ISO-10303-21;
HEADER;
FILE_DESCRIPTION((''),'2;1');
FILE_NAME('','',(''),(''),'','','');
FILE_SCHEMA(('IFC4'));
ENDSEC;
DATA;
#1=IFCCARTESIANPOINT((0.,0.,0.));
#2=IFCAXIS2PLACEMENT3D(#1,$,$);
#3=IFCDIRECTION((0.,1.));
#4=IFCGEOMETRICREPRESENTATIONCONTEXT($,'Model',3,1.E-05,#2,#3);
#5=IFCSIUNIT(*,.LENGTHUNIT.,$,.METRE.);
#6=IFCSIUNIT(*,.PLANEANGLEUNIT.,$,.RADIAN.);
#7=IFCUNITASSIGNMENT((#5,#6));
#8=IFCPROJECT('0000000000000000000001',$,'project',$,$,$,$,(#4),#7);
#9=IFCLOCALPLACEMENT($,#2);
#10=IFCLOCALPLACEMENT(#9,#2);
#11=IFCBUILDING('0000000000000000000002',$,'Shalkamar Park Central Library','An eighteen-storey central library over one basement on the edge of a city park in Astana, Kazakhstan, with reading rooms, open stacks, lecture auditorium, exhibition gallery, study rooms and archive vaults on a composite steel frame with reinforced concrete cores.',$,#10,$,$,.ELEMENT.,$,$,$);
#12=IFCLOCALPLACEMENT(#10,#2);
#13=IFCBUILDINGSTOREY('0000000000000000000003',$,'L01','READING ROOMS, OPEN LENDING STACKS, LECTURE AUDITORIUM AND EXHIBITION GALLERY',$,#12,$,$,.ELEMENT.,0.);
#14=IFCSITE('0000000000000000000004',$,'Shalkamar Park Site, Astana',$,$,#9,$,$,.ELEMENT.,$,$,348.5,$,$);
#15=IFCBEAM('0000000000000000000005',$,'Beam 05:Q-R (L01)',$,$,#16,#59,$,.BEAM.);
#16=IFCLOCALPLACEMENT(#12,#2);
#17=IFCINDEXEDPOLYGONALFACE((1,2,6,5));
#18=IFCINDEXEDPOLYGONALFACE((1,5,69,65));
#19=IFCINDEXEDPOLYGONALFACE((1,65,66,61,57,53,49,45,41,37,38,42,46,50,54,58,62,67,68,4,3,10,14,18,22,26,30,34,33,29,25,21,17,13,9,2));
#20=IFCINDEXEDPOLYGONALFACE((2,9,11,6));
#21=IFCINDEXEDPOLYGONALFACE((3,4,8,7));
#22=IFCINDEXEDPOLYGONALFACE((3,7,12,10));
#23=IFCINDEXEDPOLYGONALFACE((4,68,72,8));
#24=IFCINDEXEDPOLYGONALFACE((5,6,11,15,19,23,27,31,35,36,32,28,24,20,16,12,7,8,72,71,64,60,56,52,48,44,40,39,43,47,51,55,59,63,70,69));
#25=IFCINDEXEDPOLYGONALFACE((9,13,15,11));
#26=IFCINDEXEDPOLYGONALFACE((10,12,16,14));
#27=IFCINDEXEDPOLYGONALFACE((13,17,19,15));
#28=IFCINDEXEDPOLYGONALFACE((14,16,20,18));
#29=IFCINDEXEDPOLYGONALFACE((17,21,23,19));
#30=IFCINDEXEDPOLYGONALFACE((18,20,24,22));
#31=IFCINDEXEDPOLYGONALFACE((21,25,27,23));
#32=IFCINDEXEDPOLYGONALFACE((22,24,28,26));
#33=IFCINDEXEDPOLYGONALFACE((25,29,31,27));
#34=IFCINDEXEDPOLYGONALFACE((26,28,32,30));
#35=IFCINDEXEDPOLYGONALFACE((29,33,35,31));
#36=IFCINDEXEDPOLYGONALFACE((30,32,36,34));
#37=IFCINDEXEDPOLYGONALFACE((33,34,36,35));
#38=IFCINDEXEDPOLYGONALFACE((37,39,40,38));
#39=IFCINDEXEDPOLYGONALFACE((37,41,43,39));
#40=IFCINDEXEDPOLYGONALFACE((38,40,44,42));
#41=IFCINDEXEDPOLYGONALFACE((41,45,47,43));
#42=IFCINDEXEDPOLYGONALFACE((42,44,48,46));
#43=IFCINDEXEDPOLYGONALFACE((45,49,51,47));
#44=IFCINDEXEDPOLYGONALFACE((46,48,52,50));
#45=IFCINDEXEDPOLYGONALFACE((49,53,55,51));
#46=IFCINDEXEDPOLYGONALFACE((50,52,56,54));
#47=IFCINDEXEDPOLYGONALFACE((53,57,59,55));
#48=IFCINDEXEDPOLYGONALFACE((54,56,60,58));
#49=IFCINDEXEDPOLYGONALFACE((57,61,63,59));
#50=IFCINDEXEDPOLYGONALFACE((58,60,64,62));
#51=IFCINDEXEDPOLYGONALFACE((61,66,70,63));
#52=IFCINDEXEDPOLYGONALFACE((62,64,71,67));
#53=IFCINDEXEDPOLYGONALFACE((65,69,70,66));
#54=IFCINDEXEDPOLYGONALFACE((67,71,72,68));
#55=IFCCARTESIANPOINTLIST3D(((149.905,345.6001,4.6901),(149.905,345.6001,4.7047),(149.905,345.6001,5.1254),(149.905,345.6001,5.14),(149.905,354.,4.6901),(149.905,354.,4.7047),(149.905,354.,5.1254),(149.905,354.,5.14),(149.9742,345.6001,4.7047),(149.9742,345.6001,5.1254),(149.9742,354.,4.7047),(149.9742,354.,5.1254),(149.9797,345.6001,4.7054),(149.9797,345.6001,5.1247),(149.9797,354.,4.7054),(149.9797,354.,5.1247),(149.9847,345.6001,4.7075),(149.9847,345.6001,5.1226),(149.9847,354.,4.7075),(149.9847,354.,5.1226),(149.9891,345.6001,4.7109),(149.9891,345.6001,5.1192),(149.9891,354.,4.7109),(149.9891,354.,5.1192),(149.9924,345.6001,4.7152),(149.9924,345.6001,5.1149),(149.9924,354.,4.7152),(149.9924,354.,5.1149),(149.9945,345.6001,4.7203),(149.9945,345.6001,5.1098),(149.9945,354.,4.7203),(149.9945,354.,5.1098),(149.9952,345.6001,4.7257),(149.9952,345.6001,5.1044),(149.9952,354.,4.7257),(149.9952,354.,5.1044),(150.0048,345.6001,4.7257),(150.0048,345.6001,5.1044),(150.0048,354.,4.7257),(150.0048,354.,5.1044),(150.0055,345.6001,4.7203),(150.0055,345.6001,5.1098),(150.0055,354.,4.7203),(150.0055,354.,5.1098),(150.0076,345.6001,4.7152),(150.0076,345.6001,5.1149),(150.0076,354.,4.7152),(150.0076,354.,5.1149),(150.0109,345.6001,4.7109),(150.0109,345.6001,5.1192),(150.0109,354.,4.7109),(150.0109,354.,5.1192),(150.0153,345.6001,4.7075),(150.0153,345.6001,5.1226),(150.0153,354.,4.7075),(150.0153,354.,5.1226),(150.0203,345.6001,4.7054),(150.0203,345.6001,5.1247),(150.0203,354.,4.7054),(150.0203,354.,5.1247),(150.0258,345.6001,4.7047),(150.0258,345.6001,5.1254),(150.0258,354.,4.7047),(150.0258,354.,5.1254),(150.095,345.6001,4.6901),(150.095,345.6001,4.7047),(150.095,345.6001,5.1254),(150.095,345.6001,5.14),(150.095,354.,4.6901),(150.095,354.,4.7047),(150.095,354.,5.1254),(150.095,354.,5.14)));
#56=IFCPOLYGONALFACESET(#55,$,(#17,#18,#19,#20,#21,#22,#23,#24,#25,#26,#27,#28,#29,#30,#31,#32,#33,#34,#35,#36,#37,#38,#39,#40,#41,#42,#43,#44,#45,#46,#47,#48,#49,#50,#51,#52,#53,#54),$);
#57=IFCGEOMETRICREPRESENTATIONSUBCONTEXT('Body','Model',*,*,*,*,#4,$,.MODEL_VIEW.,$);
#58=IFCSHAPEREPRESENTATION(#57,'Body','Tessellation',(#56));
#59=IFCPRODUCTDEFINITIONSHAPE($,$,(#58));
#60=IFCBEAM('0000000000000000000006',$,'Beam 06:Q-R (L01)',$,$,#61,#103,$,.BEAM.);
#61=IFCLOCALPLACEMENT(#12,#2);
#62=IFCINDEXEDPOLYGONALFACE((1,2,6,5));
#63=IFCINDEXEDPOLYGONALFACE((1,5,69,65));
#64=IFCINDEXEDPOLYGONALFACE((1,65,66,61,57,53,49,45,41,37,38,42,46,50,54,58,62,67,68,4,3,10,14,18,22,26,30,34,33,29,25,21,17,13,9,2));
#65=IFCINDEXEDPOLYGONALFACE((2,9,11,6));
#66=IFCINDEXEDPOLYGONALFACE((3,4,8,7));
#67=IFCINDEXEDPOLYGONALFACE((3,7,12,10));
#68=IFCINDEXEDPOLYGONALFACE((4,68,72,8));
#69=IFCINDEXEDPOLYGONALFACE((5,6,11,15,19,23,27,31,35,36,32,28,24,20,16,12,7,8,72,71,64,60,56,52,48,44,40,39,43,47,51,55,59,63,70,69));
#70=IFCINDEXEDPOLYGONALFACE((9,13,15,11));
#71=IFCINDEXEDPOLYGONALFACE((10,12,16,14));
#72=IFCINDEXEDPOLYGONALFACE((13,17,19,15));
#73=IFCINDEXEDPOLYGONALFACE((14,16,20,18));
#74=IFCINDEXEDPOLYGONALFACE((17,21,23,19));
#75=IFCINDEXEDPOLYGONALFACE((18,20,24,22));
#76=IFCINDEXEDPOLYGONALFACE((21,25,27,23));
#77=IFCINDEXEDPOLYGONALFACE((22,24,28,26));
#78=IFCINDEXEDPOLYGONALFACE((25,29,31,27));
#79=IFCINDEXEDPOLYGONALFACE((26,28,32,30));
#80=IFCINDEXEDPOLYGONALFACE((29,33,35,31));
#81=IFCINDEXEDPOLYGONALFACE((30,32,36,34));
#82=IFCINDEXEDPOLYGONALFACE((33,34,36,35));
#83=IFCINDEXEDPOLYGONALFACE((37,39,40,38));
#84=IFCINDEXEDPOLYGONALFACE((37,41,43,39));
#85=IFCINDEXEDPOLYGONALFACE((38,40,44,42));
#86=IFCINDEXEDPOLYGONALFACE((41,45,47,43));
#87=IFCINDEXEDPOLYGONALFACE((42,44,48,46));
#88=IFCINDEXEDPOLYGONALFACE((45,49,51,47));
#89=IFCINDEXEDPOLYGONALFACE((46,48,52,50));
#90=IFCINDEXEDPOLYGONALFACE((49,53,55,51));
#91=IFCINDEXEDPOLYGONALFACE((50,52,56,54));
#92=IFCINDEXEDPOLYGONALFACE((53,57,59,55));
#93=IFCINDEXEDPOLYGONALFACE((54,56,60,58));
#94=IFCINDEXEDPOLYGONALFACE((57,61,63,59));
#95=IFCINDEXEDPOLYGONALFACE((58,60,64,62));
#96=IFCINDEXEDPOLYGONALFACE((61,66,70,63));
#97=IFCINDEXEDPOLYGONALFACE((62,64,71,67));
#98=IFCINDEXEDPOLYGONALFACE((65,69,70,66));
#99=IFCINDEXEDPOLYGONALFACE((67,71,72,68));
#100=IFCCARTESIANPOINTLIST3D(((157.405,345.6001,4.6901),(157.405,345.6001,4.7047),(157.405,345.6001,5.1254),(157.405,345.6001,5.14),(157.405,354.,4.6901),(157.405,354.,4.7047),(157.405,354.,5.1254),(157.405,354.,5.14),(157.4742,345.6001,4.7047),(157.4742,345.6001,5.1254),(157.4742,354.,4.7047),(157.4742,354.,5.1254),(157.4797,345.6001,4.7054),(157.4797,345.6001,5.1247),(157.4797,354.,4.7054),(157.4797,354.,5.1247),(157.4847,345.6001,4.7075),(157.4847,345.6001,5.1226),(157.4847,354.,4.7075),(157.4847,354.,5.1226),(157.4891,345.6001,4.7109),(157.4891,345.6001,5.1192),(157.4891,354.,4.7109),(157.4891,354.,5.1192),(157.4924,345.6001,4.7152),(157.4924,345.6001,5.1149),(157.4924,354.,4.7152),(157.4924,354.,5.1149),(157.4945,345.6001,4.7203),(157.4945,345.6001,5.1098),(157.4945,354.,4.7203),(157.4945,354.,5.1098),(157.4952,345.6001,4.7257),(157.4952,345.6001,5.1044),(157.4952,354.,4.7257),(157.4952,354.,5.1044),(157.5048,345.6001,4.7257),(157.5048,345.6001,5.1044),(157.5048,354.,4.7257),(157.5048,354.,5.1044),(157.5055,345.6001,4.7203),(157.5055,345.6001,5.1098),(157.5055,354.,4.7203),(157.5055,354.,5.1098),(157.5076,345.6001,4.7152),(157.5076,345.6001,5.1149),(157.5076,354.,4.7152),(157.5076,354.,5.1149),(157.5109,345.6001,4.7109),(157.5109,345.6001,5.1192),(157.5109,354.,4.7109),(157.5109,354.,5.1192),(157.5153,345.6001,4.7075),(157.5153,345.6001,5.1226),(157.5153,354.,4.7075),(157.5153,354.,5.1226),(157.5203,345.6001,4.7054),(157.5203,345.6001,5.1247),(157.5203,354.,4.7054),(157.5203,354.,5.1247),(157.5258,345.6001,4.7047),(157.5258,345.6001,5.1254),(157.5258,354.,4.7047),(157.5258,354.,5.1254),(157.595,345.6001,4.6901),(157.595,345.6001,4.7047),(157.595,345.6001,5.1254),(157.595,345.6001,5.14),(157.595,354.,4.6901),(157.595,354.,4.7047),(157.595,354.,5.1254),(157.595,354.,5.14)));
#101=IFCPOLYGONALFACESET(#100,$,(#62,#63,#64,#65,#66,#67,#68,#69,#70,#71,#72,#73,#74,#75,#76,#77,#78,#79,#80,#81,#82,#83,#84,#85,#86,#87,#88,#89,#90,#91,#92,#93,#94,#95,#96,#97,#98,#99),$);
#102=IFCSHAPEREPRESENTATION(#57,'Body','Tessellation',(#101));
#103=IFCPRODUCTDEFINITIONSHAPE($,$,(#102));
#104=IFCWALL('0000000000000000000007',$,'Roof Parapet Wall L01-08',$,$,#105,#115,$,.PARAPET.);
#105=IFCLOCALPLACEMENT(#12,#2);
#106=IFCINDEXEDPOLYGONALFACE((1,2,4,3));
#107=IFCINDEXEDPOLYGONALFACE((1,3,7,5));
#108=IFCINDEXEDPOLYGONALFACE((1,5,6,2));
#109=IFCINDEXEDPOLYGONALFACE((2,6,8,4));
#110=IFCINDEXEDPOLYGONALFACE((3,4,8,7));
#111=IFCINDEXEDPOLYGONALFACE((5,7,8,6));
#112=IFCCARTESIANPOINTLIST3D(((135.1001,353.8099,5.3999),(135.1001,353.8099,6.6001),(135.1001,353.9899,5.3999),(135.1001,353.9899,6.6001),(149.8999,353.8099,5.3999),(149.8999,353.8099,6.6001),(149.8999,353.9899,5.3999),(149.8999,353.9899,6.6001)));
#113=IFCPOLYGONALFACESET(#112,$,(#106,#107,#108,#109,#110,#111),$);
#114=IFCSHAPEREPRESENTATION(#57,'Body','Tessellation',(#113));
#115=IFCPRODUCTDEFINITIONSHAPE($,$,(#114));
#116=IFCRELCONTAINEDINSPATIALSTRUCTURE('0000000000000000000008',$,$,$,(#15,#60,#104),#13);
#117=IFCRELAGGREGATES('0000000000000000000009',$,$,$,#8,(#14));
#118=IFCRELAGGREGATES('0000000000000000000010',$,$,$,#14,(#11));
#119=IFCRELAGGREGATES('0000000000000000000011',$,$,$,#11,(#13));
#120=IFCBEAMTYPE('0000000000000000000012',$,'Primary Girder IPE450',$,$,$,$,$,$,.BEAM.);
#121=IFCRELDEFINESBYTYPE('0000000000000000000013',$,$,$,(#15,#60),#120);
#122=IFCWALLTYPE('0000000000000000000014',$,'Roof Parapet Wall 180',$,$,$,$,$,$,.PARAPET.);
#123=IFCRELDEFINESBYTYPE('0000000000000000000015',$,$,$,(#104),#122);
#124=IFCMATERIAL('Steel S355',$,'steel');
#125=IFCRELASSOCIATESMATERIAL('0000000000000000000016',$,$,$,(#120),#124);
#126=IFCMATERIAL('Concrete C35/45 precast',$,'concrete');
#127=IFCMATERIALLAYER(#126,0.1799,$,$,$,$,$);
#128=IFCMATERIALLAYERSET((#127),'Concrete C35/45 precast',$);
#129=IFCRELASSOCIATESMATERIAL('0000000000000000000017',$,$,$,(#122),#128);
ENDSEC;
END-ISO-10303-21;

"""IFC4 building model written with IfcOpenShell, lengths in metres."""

from ifc_helpers import new_model, si_unit, direction, frame, frame_2d, origin, origin_2d, place, context, subcontext, project, spatial, rectangle, i_section, extrude, material, layer, layer_set, material_profile, profile_set, type_object, element, save


model = new_model("IFC4")

# Units and contexts
model_context = context("Model", 3, precision=1e-05, world=origin(), true_north=direction((0.0, 1.0)))
body_context = subcontext(model_context, "Body", "Model", "MODEL_VIEW")
ifc_project = project(units=[si_unit("LENGTHUNIT", "METRE"), si_unit("PLANEANGLEUNIT", "RADIAN")], contexts=[model_context])

# Site, building, storey
site_placement = place(None, origin())
site = spatial("IfcSite", under=ifc_project, at=site_placement, Name="Shalkamar Park Site, Astana", CompositionType="ELEMENT", RefElevation=348.5)
building_placement = place(site_placement, origin())
building = spatial("IfcBuilding", under=site, at=building_placement, Name="Shalkamar Park Central Library", Description="An eighteen-storey central library over one basement on the edge of a city park in Astana, Kazakhstan, with reading rooms, open stacks, lecture auditorium, exhibition gallery, study rooms and archive vaults on a composite steel frame with reinforced concrete cores.", CompositionType="ELEMENT")
storey_placement = place(building_placement, origin())
storey = spatial("IfcBuildingStorey", under=building, at=storey_placement, Name="L01", Description="READING ROOMS, OPEN LENDING STACKS, LECTURE AUDITORIUM AND EXHIBITION GALLERY", CompositionType="ELEMENT", Elevation=0.0)

# Shared definitions
ifc_material_1 = material(Name="Steel S355", Category="steel")

# Beams
ifc_material_profile_1 = material_profile(ifc_material_1, i_section(OverallWidth=0.1899, OverallDepth=0.45, WebThickness=0.0095, FlangeThickness=0.0146, FilletRadius=0.021, at=origin_2d()), Name="IPE 450")
ifc_profile_set_1 = profile_set([ifc_material_profile_1], Name="Steel S355")
beam_type_1 = type_object("IfcBeamType", Name="Primary Girder IPE450", PredefinedType="BEAM", material=ifc_profile_set_1)
for number, where, z_axis, x_axis, name in (
    (1, (150.0, 345.6001, 4.915), (0.0, 1.0, 0.0), (-1.0, 0.0, 0.0), "Beam 05:Q-R (L01)"),
    (2, (157.5, 345.6001, 4.915), (0.0, 1.0, 0.0), (-1.0, 0.0, 0.0), "Beam 06:Q-R (L01)"),
):
    element("IfcBeam", number, at=place(storey_placement, frame(where, z_axis=z_axis, x_axis=x_axis)), inside=storey, type_object=beam_type_1, Name=name, PredefinedType="BEAM", context=body_context, shape_type="SweptSolid", body=[
        extrude(i_section(OverallWidth=0.1899, OverallDepth=0.45, WebThickness=0.0095, FlangeThickness=0.0146, FilletRadius=0.021, at=origin_2d()), origin(), (0.0, 0.0, 1.0), 8.3999),
    ])

# Wall
ifc_material_2 = material(Name="Concrete C35/45 precast", Category="concrete")
ifc_layer = layer(ifc_material_2, 0.1799)
ifc_layer_set = layer_set([ifc_layer], Name="Concrete C35/45 precast")
wall_type = type_object("IfcWallType", Name="Roof Parapet Wall 180", PredefinedType="PARAPET", material=ifc_layer_set)
wall_placement = place(storey_placement, frame((135.1001, 353.8999, 5.3999), z_axis=(0.0, 0.0, 1.0), x_axis=(1.0, 0.0, 0.0)))
element("IfcWall", 3, at=wall_placement, inside=storey, type_object=wall_type, Name="Roof Parapet Wall L01-08", PredefinedType="PARAPET", context=body_context, shape_type="SweptSolid", body=[
    extrude(rectangle(XDim=14.7998, YDim=0.1799, at=frame_2d((7.3999, 0.0))), origin(), (0.0, 0.0, 1.0), 1.2002),
])

save(model, "model.ifc")
